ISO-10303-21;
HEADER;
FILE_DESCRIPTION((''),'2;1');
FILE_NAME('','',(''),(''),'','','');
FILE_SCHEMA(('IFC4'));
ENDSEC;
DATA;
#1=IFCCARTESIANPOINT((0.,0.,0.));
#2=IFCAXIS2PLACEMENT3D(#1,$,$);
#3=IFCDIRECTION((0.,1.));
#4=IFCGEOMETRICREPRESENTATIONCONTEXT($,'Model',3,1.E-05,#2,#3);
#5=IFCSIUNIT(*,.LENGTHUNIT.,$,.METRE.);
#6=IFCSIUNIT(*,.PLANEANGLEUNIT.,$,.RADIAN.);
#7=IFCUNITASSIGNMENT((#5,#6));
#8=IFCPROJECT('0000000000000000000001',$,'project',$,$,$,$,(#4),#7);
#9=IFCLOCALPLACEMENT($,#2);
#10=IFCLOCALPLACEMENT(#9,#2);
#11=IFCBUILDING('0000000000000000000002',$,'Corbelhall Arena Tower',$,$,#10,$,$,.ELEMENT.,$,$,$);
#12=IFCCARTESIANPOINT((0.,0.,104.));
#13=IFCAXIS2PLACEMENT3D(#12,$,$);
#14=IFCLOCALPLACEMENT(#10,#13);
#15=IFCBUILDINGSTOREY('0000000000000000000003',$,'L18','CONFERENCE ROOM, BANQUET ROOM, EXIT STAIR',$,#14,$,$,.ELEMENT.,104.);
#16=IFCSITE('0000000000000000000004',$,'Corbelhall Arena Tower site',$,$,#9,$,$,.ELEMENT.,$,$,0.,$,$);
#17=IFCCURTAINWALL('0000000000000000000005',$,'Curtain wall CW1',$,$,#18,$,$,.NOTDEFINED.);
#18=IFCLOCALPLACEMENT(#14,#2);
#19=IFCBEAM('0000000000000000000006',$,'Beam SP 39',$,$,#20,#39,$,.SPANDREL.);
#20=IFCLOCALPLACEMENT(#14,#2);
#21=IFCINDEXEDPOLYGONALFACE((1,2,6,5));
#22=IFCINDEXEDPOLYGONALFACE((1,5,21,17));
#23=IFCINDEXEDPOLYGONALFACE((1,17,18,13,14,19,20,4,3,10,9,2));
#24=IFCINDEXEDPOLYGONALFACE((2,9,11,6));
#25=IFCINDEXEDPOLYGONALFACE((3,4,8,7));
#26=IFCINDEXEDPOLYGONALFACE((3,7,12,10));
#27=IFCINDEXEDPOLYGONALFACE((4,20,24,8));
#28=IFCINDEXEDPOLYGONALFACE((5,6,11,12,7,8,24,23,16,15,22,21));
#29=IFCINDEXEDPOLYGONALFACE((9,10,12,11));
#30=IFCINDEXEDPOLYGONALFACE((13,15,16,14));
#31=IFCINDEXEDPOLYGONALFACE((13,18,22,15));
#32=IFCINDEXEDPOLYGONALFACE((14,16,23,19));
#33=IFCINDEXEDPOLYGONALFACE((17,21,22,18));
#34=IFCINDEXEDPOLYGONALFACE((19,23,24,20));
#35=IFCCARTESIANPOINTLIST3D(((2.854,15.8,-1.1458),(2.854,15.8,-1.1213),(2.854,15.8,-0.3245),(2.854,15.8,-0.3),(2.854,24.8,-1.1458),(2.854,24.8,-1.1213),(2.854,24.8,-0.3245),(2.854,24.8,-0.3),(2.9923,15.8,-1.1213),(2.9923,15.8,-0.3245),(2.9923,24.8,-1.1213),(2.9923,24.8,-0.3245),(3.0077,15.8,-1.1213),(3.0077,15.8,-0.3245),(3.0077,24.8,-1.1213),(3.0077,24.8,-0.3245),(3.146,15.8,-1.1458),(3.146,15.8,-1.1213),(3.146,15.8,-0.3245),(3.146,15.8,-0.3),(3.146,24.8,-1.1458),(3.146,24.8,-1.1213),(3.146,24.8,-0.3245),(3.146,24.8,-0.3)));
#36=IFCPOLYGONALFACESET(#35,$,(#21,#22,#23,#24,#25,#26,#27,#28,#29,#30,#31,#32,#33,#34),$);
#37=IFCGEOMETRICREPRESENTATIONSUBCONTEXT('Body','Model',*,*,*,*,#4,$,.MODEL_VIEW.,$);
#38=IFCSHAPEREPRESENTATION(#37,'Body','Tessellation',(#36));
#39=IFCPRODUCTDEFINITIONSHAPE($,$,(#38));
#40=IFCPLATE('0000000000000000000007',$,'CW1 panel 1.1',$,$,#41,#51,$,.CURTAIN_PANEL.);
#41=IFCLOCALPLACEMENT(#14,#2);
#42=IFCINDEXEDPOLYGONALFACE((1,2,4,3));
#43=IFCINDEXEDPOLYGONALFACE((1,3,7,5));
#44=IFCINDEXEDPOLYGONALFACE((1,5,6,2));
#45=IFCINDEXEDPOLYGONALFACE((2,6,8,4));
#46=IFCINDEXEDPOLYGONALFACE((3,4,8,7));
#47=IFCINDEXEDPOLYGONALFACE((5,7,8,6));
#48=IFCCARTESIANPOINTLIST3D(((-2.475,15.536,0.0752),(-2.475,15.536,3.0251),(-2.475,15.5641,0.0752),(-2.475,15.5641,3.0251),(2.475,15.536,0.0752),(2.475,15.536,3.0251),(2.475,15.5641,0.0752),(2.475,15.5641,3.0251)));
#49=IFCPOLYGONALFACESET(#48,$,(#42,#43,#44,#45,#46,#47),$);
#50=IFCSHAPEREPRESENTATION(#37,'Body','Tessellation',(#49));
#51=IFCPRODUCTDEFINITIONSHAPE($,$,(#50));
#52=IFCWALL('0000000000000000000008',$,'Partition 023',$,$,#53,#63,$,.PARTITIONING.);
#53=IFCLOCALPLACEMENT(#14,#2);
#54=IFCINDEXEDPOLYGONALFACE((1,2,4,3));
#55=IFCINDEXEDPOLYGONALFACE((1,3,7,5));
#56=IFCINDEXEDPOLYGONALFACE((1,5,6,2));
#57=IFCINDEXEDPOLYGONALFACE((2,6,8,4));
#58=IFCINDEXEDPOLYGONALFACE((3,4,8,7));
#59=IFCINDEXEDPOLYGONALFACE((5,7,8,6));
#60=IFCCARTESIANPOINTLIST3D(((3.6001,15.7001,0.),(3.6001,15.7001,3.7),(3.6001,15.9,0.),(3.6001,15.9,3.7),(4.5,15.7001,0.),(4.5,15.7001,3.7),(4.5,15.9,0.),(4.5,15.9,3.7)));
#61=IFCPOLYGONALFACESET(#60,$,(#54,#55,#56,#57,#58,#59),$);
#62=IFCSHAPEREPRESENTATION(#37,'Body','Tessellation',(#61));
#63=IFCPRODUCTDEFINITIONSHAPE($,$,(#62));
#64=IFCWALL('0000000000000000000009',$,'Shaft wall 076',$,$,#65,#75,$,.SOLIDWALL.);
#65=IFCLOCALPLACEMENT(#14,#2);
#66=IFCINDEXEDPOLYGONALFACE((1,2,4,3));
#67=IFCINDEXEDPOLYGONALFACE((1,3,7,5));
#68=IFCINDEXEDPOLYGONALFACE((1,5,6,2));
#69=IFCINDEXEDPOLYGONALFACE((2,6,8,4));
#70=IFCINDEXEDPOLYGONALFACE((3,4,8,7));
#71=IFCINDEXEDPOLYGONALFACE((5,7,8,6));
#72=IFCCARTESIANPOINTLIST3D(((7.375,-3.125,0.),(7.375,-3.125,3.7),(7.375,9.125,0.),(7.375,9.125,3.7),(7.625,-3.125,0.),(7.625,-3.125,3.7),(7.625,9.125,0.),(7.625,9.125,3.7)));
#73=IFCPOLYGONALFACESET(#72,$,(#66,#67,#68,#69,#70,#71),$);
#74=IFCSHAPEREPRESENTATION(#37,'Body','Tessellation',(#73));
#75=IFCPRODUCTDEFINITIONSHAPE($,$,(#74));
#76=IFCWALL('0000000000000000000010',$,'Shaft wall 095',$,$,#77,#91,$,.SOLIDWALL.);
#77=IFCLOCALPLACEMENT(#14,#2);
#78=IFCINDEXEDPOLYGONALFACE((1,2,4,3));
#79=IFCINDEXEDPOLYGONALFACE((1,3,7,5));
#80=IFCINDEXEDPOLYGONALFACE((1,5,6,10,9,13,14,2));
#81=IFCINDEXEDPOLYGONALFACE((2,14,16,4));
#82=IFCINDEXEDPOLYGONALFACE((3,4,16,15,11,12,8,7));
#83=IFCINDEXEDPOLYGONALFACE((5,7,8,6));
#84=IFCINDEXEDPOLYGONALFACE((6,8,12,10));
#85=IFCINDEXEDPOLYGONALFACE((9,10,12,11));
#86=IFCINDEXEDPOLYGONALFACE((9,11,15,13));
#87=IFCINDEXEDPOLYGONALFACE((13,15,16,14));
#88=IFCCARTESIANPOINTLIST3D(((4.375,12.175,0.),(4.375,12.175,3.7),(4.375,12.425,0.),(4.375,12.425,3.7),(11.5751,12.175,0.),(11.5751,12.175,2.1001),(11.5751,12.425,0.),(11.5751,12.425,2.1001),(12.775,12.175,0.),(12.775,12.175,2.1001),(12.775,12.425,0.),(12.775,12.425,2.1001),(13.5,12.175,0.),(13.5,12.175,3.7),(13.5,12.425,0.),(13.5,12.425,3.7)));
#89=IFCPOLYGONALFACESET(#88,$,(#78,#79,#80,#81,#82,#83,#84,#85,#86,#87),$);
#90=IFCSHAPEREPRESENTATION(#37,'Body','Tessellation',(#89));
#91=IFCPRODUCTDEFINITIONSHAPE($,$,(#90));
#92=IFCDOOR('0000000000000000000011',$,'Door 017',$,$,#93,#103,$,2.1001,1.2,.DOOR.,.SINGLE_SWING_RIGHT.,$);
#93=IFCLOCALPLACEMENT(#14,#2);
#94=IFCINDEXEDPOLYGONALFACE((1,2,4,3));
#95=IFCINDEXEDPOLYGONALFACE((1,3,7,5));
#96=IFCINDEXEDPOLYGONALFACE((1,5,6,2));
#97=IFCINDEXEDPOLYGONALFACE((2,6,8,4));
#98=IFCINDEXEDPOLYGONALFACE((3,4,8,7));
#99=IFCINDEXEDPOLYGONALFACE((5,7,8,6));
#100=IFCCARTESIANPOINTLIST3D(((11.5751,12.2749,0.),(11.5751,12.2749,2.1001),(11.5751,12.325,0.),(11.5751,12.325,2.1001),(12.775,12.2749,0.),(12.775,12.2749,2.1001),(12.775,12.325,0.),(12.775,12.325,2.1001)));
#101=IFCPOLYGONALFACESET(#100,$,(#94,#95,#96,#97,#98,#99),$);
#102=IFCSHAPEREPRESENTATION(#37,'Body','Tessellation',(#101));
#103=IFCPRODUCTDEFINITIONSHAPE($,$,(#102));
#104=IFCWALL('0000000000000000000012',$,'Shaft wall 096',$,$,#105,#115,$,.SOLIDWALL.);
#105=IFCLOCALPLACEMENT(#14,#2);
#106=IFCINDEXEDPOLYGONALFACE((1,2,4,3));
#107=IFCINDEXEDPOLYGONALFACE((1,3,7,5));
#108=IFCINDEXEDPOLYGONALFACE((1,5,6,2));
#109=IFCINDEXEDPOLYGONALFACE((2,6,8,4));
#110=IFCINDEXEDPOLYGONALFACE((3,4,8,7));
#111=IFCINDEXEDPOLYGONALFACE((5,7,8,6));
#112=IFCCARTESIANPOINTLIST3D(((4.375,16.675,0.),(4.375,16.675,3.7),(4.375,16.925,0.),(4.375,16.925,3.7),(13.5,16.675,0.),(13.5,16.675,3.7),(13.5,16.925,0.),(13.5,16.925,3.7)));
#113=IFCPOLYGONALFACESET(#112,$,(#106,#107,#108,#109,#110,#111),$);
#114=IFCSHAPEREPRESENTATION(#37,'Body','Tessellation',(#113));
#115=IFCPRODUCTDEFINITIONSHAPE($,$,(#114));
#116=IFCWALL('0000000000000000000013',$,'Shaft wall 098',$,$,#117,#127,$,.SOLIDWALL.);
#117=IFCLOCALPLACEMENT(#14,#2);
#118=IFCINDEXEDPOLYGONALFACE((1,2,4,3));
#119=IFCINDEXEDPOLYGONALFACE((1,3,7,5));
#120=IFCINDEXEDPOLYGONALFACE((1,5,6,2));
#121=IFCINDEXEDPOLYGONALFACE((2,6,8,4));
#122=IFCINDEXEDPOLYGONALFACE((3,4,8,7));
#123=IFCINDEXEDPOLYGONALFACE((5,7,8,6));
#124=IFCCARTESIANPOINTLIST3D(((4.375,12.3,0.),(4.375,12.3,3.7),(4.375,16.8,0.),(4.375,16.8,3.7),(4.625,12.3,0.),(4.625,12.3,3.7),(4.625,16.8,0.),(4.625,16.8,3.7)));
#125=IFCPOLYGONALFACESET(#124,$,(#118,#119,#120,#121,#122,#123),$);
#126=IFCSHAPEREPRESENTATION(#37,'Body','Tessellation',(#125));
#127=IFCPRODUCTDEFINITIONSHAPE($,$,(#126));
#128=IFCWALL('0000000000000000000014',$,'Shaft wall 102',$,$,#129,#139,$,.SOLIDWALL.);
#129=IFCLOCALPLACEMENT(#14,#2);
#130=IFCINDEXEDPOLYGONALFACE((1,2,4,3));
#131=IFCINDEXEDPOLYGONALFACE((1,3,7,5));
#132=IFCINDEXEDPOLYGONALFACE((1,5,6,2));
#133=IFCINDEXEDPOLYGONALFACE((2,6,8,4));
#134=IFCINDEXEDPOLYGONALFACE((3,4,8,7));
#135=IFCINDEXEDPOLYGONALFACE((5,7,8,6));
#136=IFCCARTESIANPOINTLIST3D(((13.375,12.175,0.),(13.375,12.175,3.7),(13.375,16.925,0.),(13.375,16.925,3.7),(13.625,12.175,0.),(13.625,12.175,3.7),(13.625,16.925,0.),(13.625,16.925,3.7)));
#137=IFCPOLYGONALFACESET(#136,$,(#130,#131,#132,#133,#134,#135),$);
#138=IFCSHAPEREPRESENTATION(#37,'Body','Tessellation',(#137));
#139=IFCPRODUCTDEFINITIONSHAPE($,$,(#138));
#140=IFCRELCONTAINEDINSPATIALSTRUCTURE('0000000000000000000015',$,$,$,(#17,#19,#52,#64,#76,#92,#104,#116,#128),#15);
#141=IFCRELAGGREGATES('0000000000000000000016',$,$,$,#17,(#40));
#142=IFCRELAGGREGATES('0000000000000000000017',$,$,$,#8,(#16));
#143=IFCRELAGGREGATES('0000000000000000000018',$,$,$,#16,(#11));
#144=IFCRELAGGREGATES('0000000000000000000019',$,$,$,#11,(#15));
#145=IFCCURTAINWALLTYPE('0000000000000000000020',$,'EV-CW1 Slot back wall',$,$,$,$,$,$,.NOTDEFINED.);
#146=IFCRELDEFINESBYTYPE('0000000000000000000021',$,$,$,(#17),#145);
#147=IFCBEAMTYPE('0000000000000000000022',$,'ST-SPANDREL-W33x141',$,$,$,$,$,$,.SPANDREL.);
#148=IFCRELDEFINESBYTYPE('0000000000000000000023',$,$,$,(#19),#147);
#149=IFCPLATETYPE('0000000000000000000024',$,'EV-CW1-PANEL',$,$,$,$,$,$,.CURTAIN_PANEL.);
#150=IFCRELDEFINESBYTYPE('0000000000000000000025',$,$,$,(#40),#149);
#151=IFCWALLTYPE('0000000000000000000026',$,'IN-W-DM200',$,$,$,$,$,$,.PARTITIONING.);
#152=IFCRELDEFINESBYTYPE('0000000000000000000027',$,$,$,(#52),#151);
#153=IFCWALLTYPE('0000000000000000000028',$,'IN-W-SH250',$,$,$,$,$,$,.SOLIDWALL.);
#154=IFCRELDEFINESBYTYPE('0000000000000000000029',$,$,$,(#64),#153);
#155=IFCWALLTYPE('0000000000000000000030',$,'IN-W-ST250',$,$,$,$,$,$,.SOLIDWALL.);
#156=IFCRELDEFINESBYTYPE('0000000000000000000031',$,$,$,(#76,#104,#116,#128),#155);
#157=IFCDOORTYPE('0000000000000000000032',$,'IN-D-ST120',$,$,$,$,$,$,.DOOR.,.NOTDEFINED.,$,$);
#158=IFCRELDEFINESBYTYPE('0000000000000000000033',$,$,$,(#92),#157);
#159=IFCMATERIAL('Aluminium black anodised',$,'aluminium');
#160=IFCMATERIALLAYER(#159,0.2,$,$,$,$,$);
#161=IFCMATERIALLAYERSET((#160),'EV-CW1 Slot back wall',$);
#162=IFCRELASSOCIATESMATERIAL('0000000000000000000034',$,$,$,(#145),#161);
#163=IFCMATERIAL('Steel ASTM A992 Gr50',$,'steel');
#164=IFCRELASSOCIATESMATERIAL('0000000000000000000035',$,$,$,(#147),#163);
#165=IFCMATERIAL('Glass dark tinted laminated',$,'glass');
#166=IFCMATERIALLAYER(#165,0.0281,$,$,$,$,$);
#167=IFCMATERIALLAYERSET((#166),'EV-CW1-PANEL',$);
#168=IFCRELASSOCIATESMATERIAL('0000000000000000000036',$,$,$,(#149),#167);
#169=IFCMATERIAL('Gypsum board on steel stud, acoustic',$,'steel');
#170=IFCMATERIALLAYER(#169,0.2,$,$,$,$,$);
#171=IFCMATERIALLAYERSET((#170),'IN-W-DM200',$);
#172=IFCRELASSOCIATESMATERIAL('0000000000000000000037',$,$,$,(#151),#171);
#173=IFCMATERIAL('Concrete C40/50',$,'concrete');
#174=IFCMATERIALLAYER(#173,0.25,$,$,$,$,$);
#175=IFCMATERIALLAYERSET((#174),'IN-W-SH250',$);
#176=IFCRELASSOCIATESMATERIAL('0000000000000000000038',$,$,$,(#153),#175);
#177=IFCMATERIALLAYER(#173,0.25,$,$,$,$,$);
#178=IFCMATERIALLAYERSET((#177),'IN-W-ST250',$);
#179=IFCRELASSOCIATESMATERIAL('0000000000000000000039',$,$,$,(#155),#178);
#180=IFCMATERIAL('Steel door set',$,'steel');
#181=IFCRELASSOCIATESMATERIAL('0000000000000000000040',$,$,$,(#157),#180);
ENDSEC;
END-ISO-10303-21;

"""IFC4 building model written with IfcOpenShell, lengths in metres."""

from ifc_helpers import new_model, si_unit, direction, frame, frame_2d, origin, origin_2d, place, context, subcontext, project, spatial, rectangle, i_section, extrude, material, layer, layer_set, material_profile, profile_set, type_object, element, fill, aggregate, save


model = new_model("IFC4")

# Units and contexts
model_context = context("Model", 3, precision=1e-05, world=origin(), true_north=direction((0.0, 1.0)))
body_context = subcontext(model_context, "Body", "Model", "MODEL_VIEW")
ifc_project = project(units=[si_unit("LENGTHUNIT", "METRE"), si_unit("PLANEANGLEUNIT", "RADIAN")], contexts=[model_context])

# Site, building, storey
site_placement = place(None, origin())
site = spatial("IfcSite", under=ifc_project, at=site_placement, Name="Corbelhall Arena Tower site", CompositionType="ELEMENT", RefElevation=0.0)
building_placement = place(site_placement, origin())
building = spatial("IfcBuilding", under=site, at=building_placement, Name="Corbelhall Arena Tower", CompositionType="ELEMENT")
storey_placement = place(building_placement, frame((0.0, 0.0, 104.0)))
storey = spatial("IfcBuildingStorey", under=building, at=storey_placement, Name="L18", Description="CONFERENCE ROOM, BANQUET ROOM, EXIT STAIR", CompositionType="ELEMENT", Elevation=104.0)

# Curtain wall
ifc_material_1 = material(Name="Aluminium black anodised", Category="aluminium")
ifc_layer_1 = layer(ifc_material_1, 0.2)
ifc_layer_set_1 = layer_set([ifc_layer_1], Name="EV-CW1 Slot back wall")
curtain_wall_type = type_object("IfcCurtainWallType", Name="EV-CW1 Slot back wall", PredefinedType="NOTDEFINED", material=ifc_layer_set_1)
curtain_wall_placement = place(storey_placement, origin())
curtain_wall = element("IfcCurtainWall", 1, at=curtain_wall_placement, inside=storey, type_object=curtain_wall_type, Name="Curtain wall CW1", PredefinedType="NOTDEFINED")

# Beam
ifc_material_2 = material(Name="Steel ASTM A992 Gr50", Category="steel")
ifc_material_profile_1 = material_profile(ifc_material_2, i_section(OverallWidth=0.292, OverallDepth=0.8457, WebThickness=0.0154, FlangeThickness=0.0244, at=origin_2d()))
ifc_profile_set_1 = profile_set([ifc_material_profile_1], Name="Steel ASTM A992 Gr50")
beam_type_1 = type_object("IfcBeamType", Name="ST-SPANDREL-W33x141", PredefinedType="SPANDREL", material=ifc_profile_set_1)
beam_1_placement = place(storey_placement, frame((3.0, 15.8, -0.7229), z_axis=(0.0, 1.0, 0.0), x_axis=(-1.0, 0.0, 0.0)))
element("IfcBeam", 2, at=beam_1_placement, inside=storey, type_object=beam_type_1, Name="Beam SP 39", PredefinedType="SPANDREL", context=body_context, shape_type="SweptSolid", body=[
    extrude(i_section(OverallWidth=0.292, OverallDepth=0.8457, WebThickness=0.0154, FlangeThickness=0.0244, at=origin_2d()), origin(), (0.0, 0.0, 1.0), 9.0),
])

# Plate
ifc_material_3 = material(Name="Glass dark tinted laminated", Category="glass")
ifc_layer_2 = layer(ifc_material_3, 0.0281)
ifc_layer_set_2 = layer_set([ifc_layer_2], Name="EV-CW1-PANEL")
plate_type = type_object("IfcPlateType", Name="EV-CW1-PANEL", PredefinedType="CURTAIN_PANEL", material=ifc_layer_set_2)
plate_placement = place(storey_placement, frame((0.0, 15.55, 0.0752), z_axis=(0.0, 0.0, 1.0), x_axis=(-1.0, 0.0, 0.0)))
plate = element("IfcPlate", 3, at=plate_placement, type_object=plate_type, Name="CW1 panel 1.1", PredefinedType="CURTAIN_PANEL", context=body_context, shape_type="SweptSolid", body=[
    extrude(rectangle(XDim=4.95, YDim=0.0281, at=origin_2d()), origin(), (0.0, 0.0, 1.0), 2.95),
])
aggregate(curtain_wall, [plate])

# Wall
ifc_material_4 = material(Name="Gypsum board on steel stud, acoustic", Category="steel")
ifc_layer_3 = layer(ifc_material_4, 0.2)
ifc_layer_set_3 = layer_set([ifc_layer_3], Name="IN-W-DM200")
wall_type_1 = type_object("IfcWallType", Name="IN-W-DM200", PredefinedType="PARTITIONING", material=ifc_layer_set_3)
wall_1_placement = place(storey_placement, frame((3.6001, 15.8, 0.0), z_axis=(0.0, 0.0, 1.0), x_axis=(1.0, 0.0, 0.0)))
element("IfcWall", 4, at=wall_1_placement, inside=storey, type_object=wall_type_1, Name="Partition 023", PredefinedType="PARTITIONING", context=body_context, shape_type="SweptSolid", body=[
    extrude(rectangle(XDim=0.8999, YDim=0.2, at=frame_2d((0.45, 0.0))), origin(), (0.0, 0.0, 1.0), 3.7),
])

# Shared definitions
ifc_material_5 = material(Name="Steel door set", Category="steel")

# Wall
ifc_material_6 = material(Name="Concrete C40/50", Category="concrete")
ifc_layer_4 = layer(ifc_material_6, 0.25)
ifc_layer_set_4 = layer_set([ifc_layer_4], Name="IN-W-SH250")
wall_type_2 = type_object("IfcWallType", Name="IN-W-SH250", PredefinedType="SOLIDWALL", material=ifc_layer_set_4)
wall_2_placement = place(storey_placement, frame((7.5, 9.125, 0.0), z_axis=(0.0, 0.0, 1.0), x_axis=(0.0, -1.0, 0.0)))
element("IfcWall", 5, at=wall_2_placement, inside=storey, type_object=wall_type_2, Name="Shaft wall 076", PredefinedType="SOLIDWALL", context=body_context, shape_type="SweptSolid", body=[
    extrude(rectangle(XDim=12.25, YDim=0.25, at=frame_2d((6.125, 0.0))), origin(), (0.0, 0.0, 1.0), 3.7),
])

# Wall, opening, door
ifc_layer_5 = layer(ifc_material_6, 0.25)
ifc_layer_set_5 = layer_set([ifc_layer_5], Name="IN-W-ST250")
wall_type_3 = type_object("IfcWallType", Name="IN-W-ST250", PredefinedType="SOLIDWALL", material=ifc_layer_set_5)
wall_3_placement = place(storey_placement, frame((4.375, 12.3, 0.0), z_axis=(0.0, 0.0, 1.0), x_axis=(1.0, 0.0, 0.0)))
wall_3 = element("IfcWall", 6, at=wall_3_placement, inside=storey, type_object=wall_type_3, Name="Shaft wall 095", PredefinedType="SOLIDWALL", context=body_context, shape_type="SweptSolid", body=[
    extrude(rectangle(XDim=9.125, YDim=0.25, at=frame_2d((4.5625, 0.0))), origin(), (0.0, 0.0, 1.0), 3.7),
])
opening_1_placement = place(wall_3_placement, frame((7.2, 0.0, 0.0)))
opening_1 = element("IfcOpeningElement", 7, at=opening_1_placement, cuts=wall_3, PredefinedType="OPENING", context=body_context, shape_type="SweptSolid", body=[
    extrude(rectangle(XDim=1.2, YDim=2.1001, at=frame_2d((0.6001, 1.05))), frame((0.0, 0.125, 0.0), z_axis=(0.0, -1.0, 0.0), x_axis=(1.0, 0.0, 0.0)), (0.0, 0.0, 1.0), 0.25),
])
door_type_1 = type_object("IfcDoorType", Name="IN-D-ST120", OperationType="NOTDEFINED", PredefinedType="DOOR", material=ifc_material_5)
door_1_placement = place(opening_1_placement, origin())
door_1 = element("IfcDoor", 8, at=door_1_placement, inside=storey, type_object=door_type_1, Name="Door 017", OperationType="SINGLE_SWING_RIGHT", OverallHeight=2.1001, OverallWidth=1.2, PredefinedType="DOOR", context=body_context, shape_type="SweptSolid", body=[
    extrude(rectangle(XDim=1.2, YDim=2.1001, at=frame_2d((0.6001, 1.05))), frame((0.0, 0.0249, 0.0), z_axis=(0.0, -1.0, 0.0), x_axis=(1.0, 0.0, 0.0)), (0.0, 0.0, 1.0), 0.05),
])
fill(opening_1, door_1)

# Walls
wall_4_placement = place(storey_placement, frame((4.375, 16.8, 0.0), z_axis=(0.0, 0.0, 1.0), x_axis=(1.0, 0.0, 0.0)))
element("IfcWall", 9, at=wall_4_placement, inside=storey, type_object=wall_type_3, Name="Shaft wall 096", PredefinedType="SOLIDWALL", context=body_context, shape_type="SweptSolid", body=[
    extrude(rectangle(XDim=9.125, YDim=0.25, at=frame_2d((4.5625, 0.0))), origin(), (0.0, 0.0, 1.0), 3.7),
])
wall_5_placement = place(storey_placement, frame((4.5, 12.3, 0.0), z_axis=(0.0, 0.0, 1.0), x_axis=(0.0, 1.0, 0.0)))
element("IfcWall", 10, at=wall_5_placement, inside=storey, type_object=wall_type_3, Name="Shaft wall 098", PredefinedType="SOLIDWALL", context=body_context, shape_type="SweptSolid", body=[
    extrude(rectangle(XDim=4.5, YDim=0.25, at=frame_2d((2.25, 0.0))), origin(), (0.0, 0.0, 1.0), 3.7),
])
wall_6_placement = place(storey_placement, frame((13.5, 12.175, 0.0), z_axis=(0.0, 0.0, 1.0), x_axis=(0.0, 1.0, 0.0)))
element("IfcWall", 11, at=wall_6_placement, inside=storey, type_object=wall_type_3, Name="Shaft wall 102", PredefinedType="SOLIDWALL", context=body_context, shape_type="SweptSolid", body=[
    extrude(rectangle(XDim=4.75, YDim=0.25, at=frame_2d((2.375, 0.0))), origin(), (0.0, 0.0, 1.0), 3.7),
])

save(model, "model.ifc")
